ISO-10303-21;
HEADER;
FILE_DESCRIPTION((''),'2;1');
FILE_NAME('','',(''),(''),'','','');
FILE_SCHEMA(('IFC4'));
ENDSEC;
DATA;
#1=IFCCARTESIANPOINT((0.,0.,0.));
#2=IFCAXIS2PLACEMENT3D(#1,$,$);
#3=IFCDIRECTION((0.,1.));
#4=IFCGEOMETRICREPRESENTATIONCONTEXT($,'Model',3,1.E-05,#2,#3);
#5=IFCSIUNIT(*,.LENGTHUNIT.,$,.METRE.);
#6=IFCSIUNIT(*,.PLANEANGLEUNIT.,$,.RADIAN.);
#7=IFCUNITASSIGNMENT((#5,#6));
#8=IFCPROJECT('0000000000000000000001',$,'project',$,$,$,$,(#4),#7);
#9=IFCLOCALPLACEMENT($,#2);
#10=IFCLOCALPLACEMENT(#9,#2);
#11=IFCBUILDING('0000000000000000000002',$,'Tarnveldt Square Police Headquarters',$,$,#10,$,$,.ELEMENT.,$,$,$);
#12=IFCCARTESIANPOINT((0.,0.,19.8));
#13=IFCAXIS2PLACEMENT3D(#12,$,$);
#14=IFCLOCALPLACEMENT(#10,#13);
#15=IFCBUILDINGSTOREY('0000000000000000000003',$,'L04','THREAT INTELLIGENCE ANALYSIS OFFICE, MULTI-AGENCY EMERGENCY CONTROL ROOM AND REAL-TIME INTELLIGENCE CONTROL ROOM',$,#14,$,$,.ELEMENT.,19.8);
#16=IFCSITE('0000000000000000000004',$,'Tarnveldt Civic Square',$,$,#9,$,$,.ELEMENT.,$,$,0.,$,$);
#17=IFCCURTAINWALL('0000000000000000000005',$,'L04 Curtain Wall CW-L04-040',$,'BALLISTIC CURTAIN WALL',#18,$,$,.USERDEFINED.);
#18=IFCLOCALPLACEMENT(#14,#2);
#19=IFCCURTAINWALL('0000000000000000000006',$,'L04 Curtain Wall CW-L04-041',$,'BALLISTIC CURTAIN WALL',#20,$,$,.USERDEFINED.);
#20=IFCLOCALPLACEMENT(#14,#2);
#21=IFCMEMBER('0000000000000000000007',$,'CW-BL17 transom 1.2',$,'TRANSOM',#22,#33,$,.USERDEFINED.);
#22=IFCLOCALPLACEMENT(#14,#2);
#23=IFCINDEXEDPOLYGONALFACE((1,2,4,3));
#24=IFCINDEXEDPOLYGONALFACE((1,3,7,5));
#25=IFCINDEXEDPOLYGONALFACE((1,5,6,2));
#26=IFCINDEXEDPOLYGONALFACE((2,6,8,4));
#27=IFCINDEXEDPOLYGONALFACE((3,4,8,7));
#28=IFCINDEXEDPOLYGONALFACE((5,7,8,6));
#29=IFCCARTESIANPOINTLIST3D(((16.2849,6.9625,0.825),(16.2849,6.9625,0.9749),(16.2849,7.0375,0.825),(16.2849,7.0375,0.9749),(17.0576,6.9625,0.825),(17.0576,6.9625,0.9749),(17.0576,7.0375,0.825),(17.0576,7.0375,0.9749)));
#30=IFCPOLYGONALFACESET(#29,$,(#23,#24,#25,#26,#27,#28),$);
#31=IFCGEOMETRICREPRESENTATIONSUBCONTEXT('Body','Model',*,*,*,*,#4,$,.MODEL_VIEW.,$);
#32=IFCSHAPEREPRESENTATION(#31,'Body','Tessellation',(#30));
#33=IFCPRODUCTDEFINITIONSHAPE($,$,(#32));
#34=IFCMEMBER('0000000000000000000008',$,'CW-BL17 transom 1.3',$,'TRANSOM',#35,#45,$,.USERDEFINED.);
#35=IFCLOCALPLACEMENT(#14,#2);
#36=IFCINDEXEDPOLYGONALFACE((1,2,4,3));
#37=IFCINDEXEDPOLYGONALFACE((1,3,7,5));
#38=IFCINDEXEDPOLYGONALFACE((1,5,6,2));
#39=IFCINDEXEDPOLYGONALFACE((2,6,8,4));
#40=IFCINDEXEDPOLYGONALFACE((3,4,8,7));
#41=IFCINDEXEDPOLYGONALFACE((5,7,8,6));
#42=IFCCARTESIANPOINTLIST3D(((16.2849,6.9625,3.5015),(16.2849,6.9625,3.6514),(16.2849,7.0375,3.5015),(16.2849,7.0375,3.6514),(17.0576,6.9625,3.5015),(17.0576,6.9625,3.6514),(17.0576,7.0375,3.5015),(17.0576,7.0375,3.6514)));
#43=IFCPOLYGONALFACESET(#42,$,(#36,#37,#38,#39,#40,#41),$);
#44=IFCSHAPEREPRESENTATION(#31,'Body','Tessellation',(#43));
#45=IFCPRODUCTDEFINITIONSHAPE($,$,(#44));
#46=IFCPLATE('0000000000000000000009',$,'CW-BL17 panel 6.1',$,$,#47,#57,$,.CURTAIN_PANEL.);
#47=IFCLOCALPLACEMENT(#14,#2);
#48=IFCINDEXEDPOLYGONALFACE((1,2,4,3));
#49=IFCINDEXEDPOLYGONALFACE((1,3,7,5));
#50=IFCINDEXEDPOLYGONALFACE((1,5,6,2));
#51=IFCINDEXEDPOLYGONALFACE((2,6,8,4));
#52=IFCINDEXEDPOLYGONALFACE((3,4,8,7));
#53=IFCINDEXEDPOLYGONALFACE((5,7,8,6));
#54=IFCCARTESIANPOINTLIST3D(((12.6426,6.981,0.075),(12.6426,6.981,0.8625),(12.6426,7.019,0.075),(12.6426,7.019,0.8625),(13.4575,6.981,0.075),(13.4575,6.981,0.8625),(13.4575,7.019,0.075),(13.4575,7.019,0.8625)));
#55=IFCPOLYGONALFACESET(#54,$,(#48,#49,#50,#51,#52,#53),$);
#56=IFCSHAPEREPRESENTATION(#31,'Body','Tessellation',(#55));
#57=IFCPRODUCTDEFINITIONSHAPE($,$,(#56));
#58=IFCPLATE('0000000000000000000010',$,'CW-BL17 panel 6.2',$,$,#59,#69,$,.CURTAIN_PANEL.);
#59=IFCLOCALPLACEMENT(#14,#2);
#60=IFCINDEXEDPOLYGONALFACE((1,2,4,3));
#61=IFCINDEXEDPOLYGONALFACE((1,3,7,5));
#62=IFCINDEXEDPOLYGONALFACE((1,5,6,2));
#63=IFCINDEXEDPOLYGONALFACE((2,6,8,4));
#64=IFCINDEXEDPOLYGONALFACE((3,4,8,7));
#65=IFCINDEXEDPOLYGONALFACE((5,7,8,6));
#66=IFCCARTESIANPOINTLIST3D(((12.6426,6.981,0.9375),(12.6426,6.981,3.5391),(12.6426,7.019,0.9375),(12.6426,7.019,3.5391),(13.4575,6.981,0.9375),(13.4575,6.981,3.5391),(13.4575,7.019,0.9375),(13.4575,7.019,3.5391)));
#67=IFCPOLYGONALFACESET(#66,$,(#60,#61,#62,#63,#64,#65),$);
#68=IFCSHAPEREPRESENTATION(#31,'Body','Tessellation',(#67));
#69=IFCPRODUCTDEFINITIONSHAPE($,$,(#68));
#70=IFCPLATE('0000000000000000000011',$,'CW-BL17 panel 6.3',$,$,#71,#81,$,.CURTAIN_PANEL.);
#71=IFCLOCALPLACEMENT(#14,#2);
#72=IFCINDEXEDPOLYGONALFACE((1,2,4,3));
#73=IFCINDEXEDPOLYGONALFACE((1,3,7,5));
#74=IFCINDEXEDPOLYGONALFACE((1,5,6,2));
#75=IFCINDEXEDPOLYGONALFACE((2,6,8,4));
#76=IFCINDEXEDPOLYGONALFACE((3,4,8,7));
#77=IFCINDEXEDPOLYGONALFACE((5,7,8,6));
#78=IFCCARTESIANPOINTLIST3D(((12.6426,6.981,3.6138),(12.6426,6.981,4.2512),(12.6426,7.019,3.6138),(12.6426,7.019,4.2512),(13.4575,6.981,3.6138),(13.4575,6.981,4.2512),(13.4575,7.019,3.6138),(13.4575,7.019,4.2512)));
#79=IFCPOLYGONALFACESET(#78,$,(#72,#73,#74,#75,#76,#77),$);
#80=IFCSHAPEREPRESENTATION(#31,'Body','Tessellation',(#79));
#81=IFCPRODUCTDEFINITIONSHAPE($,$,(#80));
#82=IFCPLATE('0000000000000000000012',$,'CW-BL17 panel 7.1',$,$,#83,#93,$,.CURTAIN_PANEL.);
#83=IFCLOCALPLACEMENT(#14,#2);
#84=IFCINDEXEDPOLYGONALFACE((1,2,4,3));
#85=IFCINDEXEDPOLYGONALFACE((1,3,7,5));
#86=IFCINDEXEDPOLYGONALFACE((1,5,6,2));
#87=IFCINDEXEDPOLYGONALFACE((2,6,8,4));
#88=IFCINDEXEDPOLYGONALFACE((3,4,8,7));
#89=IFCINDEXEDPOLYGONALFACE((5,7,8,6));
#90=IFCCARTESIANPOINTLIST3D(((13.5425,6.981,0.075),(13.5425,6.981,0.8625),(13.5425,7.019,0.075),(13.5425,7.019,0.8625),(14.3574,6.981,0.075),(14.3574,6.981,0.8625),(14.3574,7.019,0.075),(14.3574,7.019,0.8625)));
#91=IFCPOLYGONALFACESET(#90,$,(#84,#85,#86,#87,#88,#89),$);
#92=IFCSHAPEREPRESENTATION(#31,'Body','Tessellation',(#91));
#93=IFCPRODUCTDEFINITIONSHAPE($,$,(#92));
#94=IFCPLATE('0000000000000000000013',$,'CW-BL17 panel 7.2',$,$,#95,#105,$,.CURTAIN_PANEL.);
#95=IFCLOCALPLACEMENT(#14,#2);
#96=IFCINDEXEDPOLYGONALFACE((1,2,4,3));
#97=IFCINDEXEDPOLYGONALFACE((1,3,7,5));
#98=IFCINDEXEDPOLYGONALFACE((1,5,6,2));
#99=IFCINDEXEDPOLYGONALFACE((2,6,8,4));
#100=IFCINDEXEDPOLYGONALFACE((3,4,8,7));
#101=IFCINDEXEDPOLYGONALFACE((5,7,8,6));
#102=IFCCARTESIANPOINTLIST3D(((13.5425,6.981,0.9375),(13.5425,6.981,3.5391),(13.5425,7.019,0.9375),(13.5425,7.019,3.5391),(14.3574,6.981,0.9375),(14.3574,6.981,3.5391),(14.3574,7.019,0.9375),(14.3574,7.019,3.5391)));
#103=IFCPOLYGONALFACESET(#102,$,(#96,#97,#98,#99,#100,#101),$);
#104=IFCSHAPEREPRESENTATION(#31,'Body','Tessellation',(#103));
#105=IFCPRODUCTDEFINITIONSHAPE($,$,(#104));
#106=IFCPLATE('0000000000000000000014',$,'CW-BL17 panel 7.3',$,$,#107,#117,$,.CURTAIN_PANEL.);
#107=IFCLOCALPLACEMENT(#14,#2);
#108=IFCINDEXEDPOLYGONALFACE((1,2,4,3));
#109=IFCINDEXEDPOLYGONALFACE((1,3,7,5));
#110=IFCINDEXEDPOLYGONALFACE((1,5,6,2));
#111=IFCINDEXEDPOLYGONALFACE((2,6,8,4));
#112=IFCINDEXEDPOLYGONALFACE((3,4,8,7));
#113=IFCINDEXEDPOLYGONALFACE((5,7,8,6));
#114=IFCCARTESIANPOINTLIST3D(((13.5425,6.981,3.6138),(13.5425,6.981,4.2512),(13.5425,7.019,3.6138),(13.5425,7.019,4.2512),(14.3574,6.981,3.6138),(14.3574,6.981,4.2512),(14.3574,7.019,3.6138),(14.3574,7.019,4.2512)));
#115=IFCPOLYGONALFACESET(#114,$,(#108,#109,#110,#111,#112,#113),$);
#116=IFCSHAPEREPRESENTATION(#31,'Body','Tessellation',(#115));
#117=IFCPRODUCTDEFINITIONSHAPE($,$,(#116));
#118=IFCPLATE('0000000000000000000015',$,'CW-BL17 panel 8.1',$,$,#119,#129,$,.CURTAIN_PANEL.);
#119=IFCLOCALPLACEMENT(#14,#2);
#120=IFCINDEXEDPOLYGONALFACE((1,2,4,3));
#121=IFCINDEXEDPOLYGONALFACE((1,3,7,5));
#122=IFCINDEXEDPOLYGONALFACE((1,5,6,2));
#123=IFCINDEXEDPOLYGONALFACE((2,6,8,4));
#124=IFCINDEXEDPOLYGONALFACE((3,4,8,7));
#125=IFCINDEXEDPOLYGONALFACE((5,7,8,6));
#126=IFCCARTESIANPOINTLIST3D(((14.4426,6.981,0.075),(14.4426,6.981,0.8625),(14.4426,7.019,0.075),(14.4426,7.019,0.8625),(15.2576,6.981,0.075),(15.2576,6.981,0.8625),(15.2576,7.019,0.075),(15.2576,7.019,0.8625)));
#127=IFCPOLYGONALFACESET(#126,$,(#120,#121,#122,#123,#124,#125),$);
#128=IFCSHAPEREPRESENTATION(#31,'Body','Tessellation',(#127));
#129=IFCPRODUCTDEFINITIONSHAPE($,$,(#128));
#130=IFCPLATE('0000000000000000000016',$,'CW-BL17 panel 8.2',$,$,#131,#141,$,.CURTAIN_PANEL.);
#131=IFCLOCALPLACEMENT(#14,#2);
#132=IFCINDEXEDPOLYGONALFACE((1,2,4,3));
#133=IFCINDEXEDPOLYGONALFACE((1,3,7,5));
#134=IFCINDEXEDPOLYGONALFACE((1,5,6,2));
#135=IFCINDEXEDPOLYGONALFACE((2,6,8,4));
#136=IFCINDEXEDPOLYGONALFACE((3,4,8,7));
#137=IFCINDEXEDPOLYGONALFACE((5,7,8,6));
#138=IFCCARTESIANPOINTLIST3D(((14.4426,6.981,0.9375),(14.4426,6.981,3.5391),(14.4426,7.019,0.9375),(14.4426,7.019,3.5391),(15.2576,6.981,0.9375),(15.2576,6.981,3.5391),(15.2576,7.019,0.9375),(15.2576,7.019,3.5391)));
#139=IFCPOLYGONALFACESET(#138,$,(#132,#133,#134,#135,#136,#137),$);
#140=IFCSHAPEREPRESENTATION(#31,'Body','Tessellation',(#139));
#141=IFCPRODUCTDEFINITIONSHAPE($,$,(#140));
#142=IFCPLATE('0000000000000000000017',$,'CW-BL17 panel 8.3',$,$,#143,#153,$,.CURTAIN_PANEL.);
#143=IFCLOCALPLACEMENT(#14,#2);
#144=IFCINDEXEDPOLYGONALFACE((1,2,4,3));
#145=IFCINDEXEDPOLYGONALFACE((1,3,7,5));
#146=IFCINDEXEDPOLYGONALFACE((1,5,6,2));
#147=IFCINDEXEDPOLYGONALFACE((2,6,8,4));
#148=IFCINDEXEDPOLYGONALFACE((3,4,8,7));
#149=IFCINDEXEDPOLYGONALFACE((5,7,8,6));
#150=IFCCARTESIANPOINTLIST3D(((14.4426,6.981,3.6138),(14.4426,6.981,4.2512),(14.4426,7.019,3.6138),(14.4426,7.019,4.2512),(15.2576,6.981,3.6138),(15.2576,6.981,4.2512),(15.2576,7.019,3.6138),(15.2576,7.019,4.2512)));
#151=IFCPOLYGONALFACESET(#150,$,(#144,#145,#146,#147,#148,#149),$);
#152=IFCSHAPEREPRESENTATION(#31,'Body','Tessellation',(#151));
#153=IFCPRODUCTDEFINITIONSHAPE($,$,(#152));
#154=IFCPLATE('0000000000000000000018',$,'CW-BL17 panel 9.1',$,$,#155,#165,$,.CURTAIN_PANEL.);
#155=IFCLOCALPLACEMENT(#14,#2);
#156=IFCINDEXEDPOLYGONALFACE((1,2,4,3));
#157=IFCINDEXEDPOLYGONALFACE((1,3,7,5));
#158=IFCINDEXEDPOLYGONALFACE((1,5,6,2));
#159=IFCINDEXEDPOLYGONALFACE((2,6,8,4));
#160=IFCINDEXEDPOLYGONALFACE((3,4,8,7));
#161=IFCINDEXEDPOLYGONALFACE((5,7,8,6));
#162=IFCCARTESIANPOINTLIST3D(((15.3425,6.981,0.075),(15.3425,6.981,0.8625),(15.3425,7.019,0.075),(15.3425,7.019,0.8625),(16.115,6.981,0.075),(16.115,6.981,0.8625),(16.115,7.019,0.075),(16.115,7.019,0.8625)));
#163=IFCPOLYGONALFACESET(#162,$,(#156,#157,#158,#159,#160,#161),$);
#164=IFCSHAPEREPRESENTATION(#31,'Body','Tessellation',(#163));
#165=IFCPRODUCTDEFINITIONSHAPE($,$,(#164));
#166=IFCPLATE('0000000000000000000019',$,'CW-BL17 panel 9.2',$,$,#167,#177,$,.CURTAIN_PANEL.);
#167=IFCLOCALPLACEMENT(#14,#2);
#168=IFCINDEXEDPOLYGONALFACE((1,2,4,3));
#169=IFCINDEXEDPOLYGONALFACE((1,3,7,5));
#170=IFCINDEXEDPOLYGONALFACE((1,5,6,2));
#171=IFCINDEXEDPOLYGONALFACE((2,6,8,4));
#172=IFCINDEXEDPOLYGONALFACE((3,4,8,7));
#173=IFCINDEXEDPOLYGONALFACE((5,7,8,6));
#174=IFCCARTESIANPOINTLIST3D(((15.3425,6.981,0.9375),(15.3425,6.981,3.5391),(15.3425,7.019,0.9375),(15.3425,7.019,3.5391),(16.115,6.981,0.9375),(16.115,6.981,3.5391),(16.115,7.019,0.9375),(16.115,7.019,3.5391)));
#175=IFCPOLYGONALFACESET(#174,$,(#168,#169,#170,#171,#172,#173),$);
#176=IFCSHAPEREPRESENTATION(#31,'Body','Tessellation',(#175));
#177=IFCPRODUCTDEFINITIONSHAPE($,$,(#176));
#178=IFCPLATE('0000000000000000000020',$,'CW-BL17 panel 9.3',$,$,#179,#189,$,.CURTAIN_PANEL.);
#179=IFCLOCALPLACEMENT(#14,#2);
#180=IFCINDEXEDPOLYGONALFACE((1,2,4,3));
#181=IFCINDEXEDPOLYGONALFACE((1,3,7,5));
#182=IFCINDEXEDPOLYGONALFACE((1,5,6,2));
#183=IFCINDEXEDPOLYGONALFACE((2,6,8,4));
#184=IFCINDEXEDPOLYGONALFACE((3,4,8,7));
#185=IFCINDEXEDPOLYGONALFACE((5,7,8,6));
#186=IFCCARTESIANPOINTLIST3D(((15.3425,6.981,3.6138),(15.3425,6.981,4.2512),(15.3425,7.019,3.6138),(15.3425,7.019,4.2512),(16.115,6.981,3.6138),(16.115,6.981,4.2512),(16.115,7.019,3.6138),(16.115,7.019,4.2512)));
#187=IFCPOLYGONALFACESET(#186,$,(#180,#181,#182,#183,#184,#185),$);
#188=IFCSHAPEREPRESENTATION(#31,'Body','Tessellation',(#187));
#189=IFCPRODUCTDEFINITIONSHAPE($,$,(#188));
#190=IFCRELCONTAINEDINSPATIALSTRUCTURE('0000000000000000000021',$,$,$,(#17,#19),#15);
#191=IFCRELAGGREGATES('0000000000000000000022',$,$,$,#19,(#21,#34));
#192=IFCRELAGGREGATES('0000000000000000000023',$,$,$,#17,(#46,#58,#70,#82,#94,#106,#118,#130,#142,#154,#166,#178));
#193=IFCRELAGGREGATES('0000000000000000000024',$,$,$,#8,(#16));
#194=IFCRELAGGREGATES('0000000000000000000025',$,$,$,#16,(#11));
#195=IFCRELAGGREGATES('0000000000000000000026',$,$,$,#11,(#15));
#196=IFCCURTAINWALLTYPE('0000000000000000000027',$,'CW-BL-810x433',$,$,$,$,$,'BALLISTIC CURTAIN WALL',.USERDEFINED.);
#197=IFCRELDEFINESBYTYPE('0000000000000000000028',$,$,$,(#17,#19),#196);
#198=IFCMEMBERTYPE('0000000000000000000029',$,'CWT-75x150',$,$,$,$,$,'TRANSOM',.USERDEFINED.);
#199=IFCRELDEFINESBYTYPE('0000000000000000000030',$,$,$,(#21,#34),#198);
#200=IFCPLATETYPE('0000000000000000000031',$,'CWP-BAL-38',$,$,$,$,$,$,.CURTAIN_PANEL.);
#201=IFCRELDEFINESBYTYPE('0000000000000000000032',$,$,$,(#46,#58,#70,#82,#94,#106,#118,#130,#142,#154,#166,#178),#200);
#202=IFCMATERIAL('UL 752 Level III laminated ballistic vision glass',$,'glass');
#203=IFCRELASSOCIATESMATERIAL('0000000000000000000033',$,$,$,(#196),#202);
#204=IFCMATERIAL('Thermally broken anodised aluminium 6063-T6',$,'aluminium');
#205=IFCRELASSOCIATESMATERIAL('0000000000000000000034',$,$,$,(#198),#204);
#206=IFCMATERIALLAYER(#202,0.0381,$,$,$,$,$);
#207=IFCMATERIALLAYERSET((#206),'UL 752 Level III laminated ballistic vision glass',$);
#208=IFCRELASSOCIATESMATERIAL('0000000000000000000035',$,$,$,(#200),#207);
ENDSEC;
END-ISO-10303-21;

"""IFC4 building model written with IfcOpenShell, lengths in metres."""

from ifc_helpers import new_model, si_unit, direction, frame, origin, origin_2d, place, context, subcontext, project, spatial, rectangle, extrude, material, layer, layer_set, material_profile, profile_set, type_object, element, aggregate, save


model = new_model("IFC4")

# Units and contexts
model_context = context("Model", 3, precision=1e-05, world=origin(), true_north=direction((0.0, 1.0)))
body_context = subcontext(model_context, "Body", "Model", "MODEL_VIEW")
ifc_project = project(units=[si_unit("LENGTHUNIT", "METRE"), si_unit("PLANEANGLEUNIT", "RADIAN")], contexts=[model_context])

# Site, building, storey
site_placement = place(None, origin())
site = spatial("IfcSite", under=ifc_project, at=site_placement, Name="Tarnveldt Civic Square", CompositionType="ELEMENT", RefElevation=0.0)
building_placement = place(site_placement, origin())
building = spatial("IfcBuilding", under=site, at=building_placement, Name="Tarnveldt Square Police Headquarters", CompositionType="ELEMENT")
storey_placement = place(building_placement, frame((0.0, 0.0, 19.8)))
storey = spatial("IfcBuildingStorey", under=building, at=storey_placement, Name="L04", Description="THREAT INTELLIGENCE ANALYSIS OFFICE, MULTI-AGENCY EMERGENCY CONTROL ROOM AND REAL-TIME INTELLIGENCE CONTROL ROOM", CompositionType="ELEMENT", Elevation=19.8)

# Curtain wall
ifc_material_1 = material(Name="UL 752 Level III laminated ballistic vision glass", Category="glass")
curtain_wall_type = type_object("IfcCurtainWallType", Name="CW-BL-810x433", ElementType="BALLISTIC CURTAIN WALL", PredefinedType="USERDEFINED", material=ifc_material_1)
curtain_wall_1_placement = place(storey_placement, origin())
curtain_wall_1 = element("IfcCurtainWall", 1, at=curtain_wall_1_placement, inside=storey, type_object=curtain_wall_type, Name="L04 Curtain Wall CW-L04-040", ObjectType="BALLISTIC CURTAIN WALL", PredefinedType="USERDEFINED")
ifc_material_2 = material(Name="Thermally broken anodised aluminium 6063-T6", Category="aluminium")

# Curtain wall
curtain_wall_2_placement = place(storey_placement, origin())
curtain_wall_2 = element("IfcCurtainWall", 2, at=curtain_wall_2_placement, inside=storey, type_object=curtain_wall_type, Name="L04 Curtain Wall CW-L04-041", ObjectType="BALLISTIC CURTAIN WALL", PredefinedType="USERDEFINED")

# Members
ifc_material_profile_1 = material_profile(ifc_material_2, rectangle(XDim=0.075, YDim=0.1499, at=origin_2d()), Name="CW-T75x150")
ifc_profile_set_1 = profile_set([ifc_material_profile_1], Name="Thermally broken anodised aluminium 6063-T6")
member_type_1 = type_object("IfcMemberType", Name="CWT-75x150", ElementType="TRANSOM", PredefinedType="USERDEFINED", material=ifc_profile_set_1)
member_1_placement = place(storey_placement, frame((16.2849, 7.0, 0.8999), z_axis=(1.0, 0.0, 0.0), x_axis=(0.0, 1.0, 0.0)))
member_1 = element("IfcMember", 3, at=member_1_placement, type_object=member_type_1, Name="CW-BL17 transom 1.2", ObjectType="TRANSOM", PredefinedType="USERDEFINED", context=body_context, shape_type="SweptSolid", body=[
    extrude(rectangle(XDim=0.075, YDim=0.1499, at=origin_2d()), origin(), (0.0, 0.0, 1.0), 0.7727),
])
member_2_placement = place(storey_placement, frame((16.2849, 7.0, 3.5764), z_axis=(1.0, 0.0, 0.0), x_axis=(0.0, 1.0, 0.0)))
member_2 = element("IfcMember", 4, at=member_2_placement, type_object=member_type_1, Name="CW-BL17 transom 1.3", ObjectType="TRANSOM", PredefinedType="USERDEFINED", context=body_context, shape_type="SweptSolid", body=[
    extrude(rectangle(XDim=0.075, YDim=0.1499, at=origin_2d()), origin(), (0.0, 0.0, 1.0), 0.7727),
])
aggregate(curtain_wall_2, [member_1, member_2])

# Plates
ifc_layer = layer(ifc_material_1, 0.0381)
ifc_layer_set = layer_set([ifc_layer], Name="UL 752 Level III laminated ballistic vision glass")
plate_type = type_object("IfcPlateType", Name="CWP-BAL-38", PredefinedType="CURTAIN_PANEL", material=ifc_layer_set)
plate_1_placement = place(storey_placement, frame((13.05, 7.0, 0.075), z_axis=(0.0, 0.0, 1.0), x_axis=(1.0, 0.0, 0.0)))
plate_1 = element("IfcPlate", 5, at=plate_1_placement, type_object=plate_type, Name="CW-BL17 panel 6.1", PredefinedType="CURTAIN_PANEL", context=body_context, shape_type="SweptSolid", body=[
    extrude(rectangle(XDim=0.8149, YDim=0.0381, at=origin_2d()), origin(), (0.0, 0.0, 1.0), 0.7876),
])
plate_2_placement = place(storey_placement, frame((13.05, 7.0, 0.9375), z_axis=(0.0, 0.0, 1.0), x_axis=(1.0, 0.0, 0.0)))
plate_2 = element("IfcPlate", 6, at=plate_2_placement, type_object=plate_type, Name="CW-BL17 panel 6.2", PredefinedType="CURTAIN_PANEL", context=body_context, shape_type="SweptSolid", body=[
    extrude(rectangle(XDim=0.8149, YDim=0.0381, at=origin_2d()), origin(), (0.0, 0.0, 1.0), 2.6016),
])
plate_3_placement = place(storey_placement, frame((13.05, 7.0, 3.6138), z_axis=(0.0, 0.0, 1.0), x_axis=(1.0, 0.0, 0.0)))
plate_3 = element("IfcPlate", 7, at=plate_3_placement, type_object=plate_type, Name="CW-BL17 panel 6.3", PredefinedType="CURTAIN_PANEL", context=body_context, shape_type="SweptSolid", body=[
    extrude(rectangle(XDim=0.8149, YDim=0.0381, at=origin_2d()), origin(), (0.0, 0.0, 1.0), 0.6375),
])
plate_4_placement = place(storey_placement, frame((13.95, 7.0, 0.075), z_axis=(0.0, 0.0, 1.0), x_axis=(1.0, 0.0, 0.0)))
plate_4 = element("IfcPlate", 8, at=plate_4_placement, type_object=plate_type, Name="CW-BL17 panel 7.1", PredefinedType="CURTAIN_PANEL", context=body_context, shape_type="SweptSolid", body=[
    extrude(rectangle(XDim=0.8149, YDim=0.0381, at=origin_2d()), origin(), (0.0, 0.0, 1.0), 0.7876),
])
plate_5_placement = place(storey_placement, frame((13.95, 7.0, 0.9375), z_axis=(0.0, 0.0, 1.0), x_axis=(1.0, 0.0, 0.0)))
plate_5 = element("IfcPlate", 9, at=plate_5_placement, type_object=plate_type, Name="CW-BL17 panel 7.2", PredefinedType="CURTAIN_PANEL", context=body_context, shape_type="SweptSolid", body=[
    extrude(rectangle(XDim=0.8149, YDim=0.0381, at=origin_2d()), origin(), (0.0, 0.0, 1.0), 2.6016),
])
plate_6_placement = place(storey_placement, frame((13.95, 7.0, 3.6138), z_axis=(0.0, 0.0, 1.0), x_axis=(1.0, 0.0, 0.0)))
plate_6 = element("IfcPlate", 10, at=plate_6_placement, type_object=plate_type, Name="CW-BL17 panel 7.3", PredefinedType="CURTAIN_PANEL", context=body_context, shape_type="SweptSolid", body=[
    extrude(rectangle(XDim=0.8149, YDim=0.0381, at=origin_2d()), origin(), (0.0, 0.0, 1.0), 0.6375),
])
plate_7_placement = place(storey_placement, frame((14.8501, 7.0, 0.075), z_axis=(0.0, 0.0, 1.0), x_axis=(1.0, 0.0, 0.0)))
plate_7 = element("IfcPlate", 11, at=plate_7_placement, type_object=plate_type, Name="CW-BL17 panel 8.1", PredefinedType="CURTAIN_PANEL", context=body_context, shape_type="SweptSolid", body=[
    extrude(rectangle(XDim=0.8149, YDim=0.0381, at=origin_2d()), origin(), (0.0, 0.0, 1.0), 0.7876),
])
plate_8_placement = place(storey_placement, frame((14.8501, 7.0, 0.9375), z_axis=(0.0, 0.0, 1.0), x_axis=(1.0, 0.0, 0.0)))
plate_8 = element("IfcPlate", 12, at=plate_8_placement, type_object=plate_type, Name="CW-BL17 panel 8.2", PredefinedType="CURTAIN_PANEL", context=body_context, shape_type="SweptSolid", body=[
    extrude(rectangle(XDim=0.8149, YDim=0.0381, at=origin_2d()), origin(), (0.0, 0.0, 1.0), 2.6016),
])
plate_9_placement = place(storey_placement, frame((14.8501, 7.0, 3.6138), z_axis=(0.0, 0.0, 1.0), x_axis=(1.0, 0.0, 0.0)))
plate_9 = element("IfcPlate", 13, at=plate_9_placement, type_object=plate_type, Name="CW-BL17 panel 8.3", PredefinedType="CURTAIN_PANEL", context=body_context, shape_type="SweptSolid", body=[
    extrude(rectangle(XDim=0.8149, YDim=0.0381, at=origin_2d()), origin(), (0.0, 0.0, 1.0), 0.6375),
])
plate_10_placement = place(storey_placement, frame((15.7288, 7.0, 0.075), z_axis=(0.0, 0.0, 1.0), x_axis=(1.0, 0.0, 0.0)))
plate_10 = element("IfcPlate", 14, at=plate_10_placement, type_object=plate_type, Name="CW-BL17 panel 9.1", PredefinedType="CURTAIN_PANEL", context=body_context, shape_type="SweptSolid", body=[
    extrude(rectangle(XDim=0.7725, YDim=0.0381, at=origin_2d()), origin(), (0.0, 0.0, 1.0), 0.7876),
])
plate_11_placement = place(storey_placement, frame((15.7288, 7.0, 0.9375), z_axis=(0.0, 0.0, 1.0), x_axis=(1.0, 0.0, 0.0)))
plate_11 = element("IfcPlate", 15, at=plate_11_placement, type_object=plate_type, Name="CW-BL17 panel 9.2", PredefinedType="CURTAIN_PANEL", context=body_context, shape_type="SweptSolid", body=[
    extrude(rectangle(XDim=0.7725, YDim=0.0381, at=origin_2d()), origin(), (0.0, 0.0, 1.0), 2.6016),
])
plate_12_placement = place(storey_placement, frame((15.7288, 7.0, 3.6138), z_axis=(0.0, 0.0, 1.0), x_axis=(1.0, 0.0, 0.0)))
plate_12 = element("IfcPlate", 16, at=plate_12_placement, type_object=plate_type, Name="CW-BL17 panel 9.3", PredefinedType="CURTAIN_PANEL", context=body_context, shape_type="SweptSolid", body=[
    extrude(rectangle(XDim=0.7725, YDim=0.0381, at=origin_2d()), origin(), (0.0, 0.0, 1.0), 0.6375),
])
aggregate(curtain_wall_1, [plate_1, plate_2, plate_3, plate_4, plate_5, plate_6, plate_7, plate_8, plate_9, plate_10, plate_11, plate_12])

save(model, "model.ifc")
